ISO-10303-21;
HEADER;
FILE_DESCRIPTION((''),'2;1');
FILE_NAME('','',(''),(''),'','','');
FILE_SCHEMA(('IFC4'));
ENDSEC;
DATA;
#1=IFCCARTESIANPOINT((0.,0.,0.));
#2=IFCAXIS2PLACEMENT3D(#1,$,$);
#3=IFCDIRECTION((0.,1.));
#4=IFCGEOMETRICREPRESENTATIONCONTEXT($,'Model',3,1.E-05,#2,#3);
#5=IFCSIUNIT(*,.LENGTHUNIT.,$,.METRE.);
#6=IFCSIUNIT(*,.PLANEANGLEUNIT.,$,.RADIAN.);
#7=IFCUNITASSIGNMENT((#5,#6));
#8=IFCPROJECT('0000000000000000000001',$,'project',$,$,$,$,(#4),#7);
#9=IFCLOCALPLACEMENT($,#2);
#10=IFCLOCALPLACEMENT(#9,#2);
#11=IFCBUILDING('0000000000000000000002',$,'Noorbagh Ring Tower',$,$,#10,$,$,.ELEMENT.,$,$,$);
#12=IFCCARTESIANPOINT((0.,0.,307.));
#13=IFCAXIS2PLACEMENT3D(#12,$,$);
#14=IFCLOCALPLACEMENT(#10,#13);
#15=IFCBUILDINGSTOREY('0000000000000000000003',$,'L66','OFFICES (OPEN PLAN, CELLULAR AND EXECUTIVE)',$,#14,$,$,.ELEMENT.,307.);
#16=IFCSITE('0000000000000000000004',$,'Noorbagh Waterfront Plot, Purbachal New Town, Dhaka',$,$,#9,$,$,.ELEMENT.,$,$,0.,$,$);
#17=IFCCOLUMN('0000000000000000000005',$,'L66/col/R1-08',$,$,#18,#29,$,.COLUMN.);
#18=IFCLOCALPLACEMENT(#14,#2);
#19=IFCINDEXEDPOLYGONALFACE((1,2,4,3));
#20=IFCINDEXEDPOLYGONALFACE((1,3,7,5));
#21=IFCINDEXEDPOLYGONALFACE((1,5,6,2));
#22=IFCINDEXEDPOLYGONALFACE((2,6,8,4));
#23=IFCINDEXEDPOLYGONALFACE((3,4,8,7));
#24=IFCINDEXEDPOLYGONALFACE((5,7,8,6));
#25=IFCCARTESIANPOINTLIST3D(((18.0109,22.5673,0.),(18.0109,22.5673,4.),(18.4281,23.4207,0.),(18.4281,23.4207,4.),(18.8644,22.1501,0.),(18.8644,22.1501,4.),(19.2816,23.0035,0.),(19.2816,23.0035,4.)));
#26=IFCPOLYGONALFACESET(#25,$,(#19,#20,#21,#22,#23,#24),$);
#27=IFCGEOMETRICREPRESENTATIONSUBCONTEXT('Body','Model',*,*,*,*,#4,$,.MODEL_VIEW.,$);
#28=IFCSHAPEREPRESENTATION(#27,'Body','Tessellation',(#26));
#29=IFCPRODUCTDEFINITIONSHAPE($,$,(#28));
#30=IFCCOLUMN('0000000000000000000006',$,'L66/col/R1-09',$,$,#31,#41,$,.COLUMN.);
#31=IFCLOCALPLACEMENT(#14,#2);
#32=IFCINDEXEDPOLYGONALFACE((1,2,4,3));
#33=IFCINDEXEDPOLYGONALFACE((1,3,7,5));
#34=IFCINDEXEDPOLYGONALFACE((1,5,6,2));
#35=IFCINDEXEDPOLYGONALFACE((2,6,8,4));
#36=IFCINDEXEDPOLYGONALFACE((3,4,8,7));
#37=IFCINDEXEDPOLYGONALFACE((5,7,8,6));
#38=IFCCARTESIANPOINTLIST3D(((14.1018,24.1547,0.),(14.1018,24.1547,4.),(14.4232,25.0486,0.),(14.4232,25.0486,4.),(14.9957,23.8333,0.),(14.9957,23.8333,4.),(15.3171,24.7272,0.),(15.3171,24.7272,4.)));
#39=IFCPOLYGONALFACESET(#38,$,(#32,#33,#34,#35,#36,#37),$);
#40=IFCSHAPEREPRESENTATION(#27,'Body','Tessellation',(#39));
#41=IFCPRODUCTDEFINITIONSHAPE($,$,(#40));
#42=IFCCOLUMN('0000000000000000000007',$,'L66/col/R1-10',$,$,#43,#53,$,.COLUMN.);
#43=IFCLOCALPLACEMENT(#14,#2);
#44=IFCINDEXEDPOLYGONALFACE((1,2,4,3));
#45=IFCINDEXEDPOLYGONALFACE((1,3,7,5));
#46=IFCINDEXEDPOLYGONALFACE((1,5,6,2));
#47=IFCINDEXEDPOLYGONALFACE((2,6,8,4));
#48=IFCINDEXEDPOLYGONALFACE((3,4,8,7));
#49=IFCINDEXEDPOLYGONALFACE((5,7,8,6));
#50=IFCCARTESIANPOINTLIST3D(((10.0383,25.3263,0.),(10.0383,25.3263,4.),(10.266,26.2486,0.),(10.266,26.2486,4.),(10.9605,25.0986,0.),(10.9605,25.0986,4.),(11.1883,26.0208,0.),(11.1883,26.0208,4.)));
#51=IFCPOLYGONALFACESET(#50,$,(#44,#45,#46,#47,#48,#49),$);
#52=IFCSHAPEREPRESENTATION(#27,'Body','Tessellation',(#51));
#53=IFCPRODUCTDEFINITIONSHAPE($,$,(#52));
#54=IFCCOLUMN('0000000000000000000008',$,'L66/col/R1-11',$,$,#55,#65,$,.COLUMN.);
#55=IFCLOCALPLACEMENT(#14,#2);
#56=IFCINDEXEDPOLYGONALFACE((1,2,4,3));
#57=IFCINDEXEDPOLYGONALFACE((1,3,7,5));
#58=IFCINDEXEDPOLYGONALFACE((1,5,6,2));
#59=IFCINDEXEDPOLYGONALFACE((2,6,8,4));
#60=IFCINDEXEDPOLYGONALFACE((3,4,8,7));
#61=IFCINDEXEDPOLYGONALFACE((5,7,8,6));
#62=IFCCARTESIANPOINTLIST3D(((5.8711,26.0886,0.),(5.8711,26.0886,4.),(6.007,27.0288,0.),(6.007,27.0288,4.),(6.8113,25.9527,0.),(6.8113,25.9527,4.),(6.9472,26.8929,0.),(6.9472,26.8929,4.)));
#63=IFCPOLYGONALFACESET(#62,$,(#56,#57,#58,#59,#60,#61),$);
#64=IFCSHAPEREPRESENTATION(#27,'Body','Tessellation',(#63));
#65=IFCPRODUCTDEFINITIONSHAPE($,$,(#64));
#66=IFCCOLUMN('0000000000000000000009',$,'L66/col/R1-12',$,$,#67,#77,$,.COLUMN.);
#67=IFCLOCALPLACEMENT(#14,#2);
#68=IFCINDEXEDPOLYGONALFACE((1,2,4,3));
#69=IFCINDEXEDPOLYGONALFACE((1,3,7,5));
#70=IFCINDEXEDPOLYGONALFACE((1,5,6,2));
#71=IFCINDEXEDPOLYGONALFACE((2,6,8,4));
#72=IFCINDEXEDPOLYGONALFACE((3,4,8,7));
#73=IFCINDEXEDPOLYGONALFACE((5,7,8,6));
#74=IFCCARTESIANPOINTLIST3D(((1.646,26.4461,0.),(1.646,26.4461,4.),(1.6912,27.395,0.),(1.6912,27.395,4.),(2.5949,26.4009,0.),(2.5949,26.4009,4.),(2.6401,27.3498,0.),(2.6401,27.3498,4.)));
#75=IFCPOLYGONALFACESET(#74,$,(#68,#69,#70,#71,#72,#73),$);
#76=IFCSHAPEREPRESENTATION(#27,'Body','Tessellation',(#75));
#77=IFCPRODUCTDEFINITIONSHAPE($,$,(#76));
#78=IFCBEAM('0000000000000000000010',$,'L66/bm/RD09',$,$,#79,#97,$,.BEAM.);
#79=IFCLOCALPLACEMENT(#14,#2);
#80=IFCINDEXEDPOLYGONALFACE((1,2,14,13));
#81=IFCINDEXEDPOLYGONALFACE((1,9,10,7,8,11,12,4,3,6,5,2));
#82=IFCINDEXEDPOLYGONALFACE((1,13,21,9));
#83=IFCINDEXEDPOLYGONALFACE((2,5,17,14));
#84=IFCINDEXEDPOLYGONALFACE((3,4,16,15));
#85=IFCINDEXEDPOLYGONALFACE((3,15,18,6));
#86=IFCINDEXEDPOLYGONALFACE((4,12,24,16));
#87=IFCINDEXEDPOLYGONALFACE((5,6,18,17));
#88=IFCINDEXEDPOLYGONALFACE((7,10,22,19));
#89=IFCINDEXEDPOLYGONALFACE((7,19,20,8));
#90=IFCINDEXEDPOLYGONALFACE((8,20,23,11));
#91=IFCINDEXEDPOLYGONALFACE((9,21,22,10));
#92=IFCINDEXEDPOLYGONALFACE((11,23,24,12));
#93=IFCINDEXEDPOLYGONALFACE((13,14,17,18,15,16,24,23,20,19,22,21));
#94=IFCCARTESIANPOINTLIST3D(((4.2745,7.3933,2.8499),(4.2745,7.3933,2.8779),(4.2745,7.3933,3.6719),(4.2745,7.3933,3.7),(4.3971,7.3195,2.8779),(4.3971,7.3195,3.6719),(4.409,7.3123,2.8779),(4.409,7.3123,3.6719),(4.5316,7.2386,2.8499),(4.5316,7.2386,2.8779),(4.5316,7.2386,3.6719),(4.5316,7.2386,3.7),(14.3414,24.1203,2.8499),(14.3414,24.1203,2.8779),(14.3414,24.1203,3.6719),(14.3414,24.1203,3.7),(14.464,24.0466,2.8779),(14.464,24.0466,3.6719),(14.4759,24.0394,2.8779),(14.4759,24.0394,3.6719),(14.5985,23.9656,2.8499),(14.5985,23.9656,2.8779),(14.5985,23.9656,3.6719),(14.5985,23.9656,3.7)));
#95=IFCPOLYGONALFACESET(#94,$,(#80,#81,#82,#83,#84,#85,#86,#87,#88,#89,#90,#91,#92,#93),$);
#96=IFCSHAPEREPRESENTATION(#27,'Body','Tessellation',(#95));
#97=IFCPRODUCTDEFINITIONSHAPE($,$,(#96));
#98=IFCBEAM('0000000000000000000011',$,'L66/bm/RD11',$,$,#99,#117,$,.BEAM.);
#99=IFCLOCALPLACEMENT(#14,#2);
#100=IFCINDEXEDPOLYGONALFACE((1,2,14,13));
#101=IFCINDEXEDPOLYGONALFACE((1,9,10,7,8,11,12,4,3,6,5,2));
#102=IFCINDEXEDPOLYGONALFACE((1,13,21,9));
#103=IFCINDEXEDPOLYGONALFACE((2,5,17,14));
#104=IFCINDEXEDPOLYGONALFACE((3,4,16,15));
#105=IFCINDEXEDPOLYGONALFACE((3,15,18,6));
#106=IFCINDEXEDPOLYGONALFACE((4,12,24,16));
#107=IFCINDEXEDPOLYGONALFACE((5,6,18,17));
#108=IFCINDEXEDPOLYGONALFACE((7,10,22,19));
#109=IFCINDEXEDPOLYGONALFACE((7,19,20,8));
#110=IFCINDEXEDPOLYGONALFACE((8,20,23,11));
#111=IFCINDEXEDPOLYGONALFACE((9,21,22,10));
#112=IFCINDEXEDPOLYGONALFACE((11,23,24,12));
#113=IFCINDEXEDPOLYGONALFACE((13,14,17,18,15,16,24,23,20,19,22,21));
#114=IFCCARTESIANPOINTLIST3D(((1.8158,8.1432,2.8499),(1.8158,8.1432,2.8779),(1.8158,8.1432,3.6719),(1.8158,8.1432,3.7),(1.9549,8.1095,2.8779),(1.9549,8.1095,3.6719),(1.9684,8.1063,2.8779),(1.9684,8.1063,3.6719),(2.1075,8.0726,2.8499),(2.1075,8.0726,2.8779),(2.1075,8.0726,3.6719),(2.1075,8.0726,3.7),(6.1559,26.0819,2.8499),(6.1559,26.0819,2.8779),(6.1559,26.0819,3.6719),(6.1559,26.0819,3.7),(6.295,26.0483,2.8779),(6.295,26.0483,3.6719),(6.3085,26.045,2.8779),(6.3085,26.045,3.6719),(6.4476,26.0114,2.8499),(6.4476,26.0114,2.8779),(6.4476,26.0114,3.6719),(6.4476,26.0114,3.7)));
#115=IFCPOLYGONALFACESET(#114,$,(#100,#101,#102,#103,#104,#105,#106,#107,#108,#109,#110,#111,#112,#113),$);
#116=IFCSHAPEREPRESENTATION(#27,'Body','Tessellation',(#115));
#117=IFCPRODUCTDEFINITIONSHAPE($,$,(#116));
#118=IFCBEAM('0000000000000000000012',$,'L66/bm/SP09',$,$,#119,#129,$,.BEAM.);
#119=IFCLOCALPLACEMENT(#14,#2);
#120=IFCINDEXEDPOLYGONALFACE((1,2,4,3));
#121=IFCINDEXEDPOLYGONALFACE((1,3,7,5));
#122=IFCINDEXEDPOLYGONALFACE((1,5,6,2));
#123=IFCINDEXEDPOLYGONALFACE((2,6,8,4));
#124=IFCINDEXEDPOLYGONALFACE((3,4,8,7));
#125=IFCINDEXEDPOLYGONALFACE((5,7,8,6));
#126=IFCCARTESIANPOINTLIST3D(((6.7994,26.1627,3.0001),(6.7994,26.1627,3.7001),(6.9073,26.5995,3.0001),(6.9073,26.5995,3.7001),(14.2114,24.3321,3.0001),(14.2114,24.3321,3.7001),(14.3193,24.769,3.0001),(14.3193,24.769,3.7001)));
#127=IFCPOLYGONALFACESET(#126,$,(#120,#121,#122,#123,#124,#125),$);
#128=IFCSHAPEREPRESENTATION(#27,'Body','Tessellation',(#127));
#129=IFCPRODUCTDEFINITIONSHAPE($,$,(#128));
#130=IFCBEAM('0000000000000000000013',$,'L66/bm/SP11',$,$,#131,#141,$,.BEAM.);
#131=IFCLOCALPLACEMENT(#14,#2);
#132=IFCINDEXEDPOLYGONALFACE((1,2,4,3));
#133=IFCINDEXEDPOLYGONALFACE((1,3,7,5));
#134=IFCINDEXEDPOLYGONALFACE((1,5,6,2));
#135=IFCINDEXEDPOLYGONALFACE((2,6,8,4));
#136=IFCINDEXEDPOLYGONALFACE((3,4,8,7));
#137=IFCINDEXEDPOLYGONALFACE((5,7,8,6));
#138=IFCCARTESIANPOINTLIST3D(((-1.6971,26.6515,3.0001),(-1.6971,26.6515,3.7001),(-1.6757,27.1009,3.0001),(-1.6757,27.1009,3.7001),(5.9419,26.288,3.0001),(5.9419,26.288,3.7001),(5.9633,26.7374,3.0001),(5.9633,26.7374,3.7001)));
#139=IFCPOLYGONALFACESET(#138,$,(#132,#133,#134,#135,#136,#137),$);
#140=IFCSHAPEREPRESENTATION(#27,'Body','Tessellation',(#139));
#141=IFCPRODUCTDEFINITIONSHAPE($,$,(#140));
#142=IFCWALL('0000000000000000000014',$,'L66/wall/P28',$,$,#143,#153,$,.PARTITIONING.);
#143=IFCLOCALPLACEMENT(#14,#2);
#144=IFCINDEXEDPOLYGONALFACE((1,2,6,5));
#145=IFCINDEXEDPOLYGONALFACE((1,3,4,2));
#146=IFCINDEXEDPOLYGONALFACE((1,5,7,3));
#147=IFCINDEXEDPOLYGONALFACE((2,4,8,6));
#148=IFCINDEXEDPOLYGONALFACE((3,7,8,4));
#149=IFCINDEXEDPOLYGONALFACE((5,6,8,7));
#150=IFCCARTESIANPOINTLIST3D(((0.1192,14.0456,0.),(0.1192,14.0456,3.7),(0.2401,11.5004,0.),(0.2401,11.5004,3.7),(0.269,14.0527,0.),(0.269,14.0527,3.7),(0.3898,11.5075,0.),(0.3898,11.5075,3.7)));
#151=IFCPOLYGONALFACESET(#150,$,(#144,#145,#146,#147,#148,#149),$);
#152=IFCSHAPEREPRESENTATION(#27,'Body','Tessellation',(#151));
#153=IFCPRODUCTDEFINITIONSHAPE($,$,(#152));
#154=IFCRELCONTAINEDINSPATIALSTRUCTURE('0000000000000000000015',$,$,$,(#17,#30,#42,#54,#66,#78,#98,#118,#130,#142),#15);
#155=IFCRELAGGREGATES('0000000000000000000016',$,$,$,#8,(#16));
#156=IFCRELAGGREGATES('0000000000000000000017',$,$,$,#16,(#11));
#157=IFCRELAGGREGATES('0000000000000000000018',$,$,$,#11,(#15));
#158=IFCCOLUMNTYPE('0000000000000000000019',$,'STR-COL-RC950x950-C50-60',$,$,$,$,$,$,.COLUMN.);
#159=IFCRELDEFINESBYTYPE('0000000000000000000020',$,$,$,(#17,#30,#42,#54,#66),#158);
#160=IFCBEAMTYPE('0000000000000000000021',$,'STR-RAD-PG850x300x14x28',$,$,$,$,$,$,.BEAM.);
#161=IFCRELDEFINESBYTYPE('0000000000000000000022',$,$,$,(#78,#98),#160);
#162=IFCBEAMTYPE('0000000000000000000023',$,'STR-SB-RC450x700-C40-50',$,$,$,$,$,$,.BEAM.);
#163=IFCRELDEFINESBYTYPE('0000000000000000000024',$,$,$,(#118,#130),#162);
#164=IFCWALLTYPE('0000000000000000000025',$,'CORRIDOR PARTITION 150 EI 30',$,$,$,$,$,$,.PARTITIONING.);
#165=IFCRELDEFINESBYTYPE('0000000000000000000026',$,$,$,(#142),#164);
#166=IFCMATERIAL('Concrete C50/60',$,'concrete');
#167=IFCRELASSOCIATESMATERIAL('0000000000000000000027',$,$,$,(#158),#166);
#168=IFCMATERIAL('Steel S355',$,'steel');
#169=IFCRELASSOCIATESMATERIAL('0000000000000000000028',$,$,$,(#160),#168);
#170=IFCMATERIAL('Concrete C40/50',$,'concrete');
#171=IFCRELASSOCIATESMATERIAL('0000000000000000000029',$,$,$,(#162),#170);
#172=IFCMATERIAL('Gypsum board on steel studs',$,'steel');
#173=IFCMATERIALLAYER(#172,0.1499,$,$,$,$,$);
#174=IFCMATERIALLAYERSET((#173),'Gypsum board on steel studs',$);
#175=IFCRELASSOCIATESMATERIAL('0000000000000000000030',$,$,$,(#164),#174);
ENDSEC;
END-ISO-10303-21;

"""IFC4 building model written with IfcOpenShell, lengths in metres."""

from ifc_helpers import new_model, si_unit, direction, frame, frame_2d, origin, origin_2d, place, context, subcontext, project, spatial, rectangle, i_section, extrude, material, layer, layer_set, material_profile, profile_set, type_object, element, save


model = new_model("IFC4")

# Units and contexts
model_context = context("Model", 3, precision=1e-05, world=origin(), true_north=direction((0.0, 1.0)))
body_context = subcontext(model_context, "Body", "Model", "MODEL_VIEW")
ifc_project = project(units=[si_unit("LENGTHUNIT", "METRE"), si_unit("PLANEANGLEUNIT", "RADIAN")], contexts=[model_context])

# Site, building, storey
site_placement = place(None, origin())
site = spatial("IfcSite", under=ifc_project, at=site_placement, Name="Noorbagh Waterfront Plot, Purbachal New Town, Dhaka", CompositionType="ELEMENT", RefElevation=0.0)
building_placement = place(site_placement, origin())
building = spatial("IfcBuilding", under=site, at=building_placement, Name="Noorbagh Ring Tower", CompositionType="ELEMENT")
storey_placement = place(building_placement, frame((0.0, 0.0, 307.0)))
storey = spatial("IfcBuildingStorey", under=building, at=storey_placement, Name="L66", Description="OFFICES (OPEN PLAN, CELLULAR AND EXECUTIVE)", CompositionType="ELEMENT", Elevation=307.0)

# Columns
ifc_material_1 = material(Name="Concrete C50/60", Category="concrete")
ifc_material_profile_1 = material_profile(ifc_material_1, rectangle(XDim=0.95, YDim=0.95, at=origin_2d()), Name="RC950x950")
ifc_profile_set_1 = profile_set([ifc_material_profile_1], Name="Concrete C50/60")
column_type = type_object("IfcColumnType", Name="STR-COL-RC950x950-C50-60", PredefinedType="COLUMN", material=ifc_profile_set_1)
for number, where, z_axis, x_axis, name in (
    (1, (18.6462, 22.7854, 0.0), (0.0, 0.0, 1.0), (-0.898399, 0.43918, 0.0), "L66/col/R1-08"),
    (2, (14.7095, 24.4409, 0.0), (0.0, 0.0, 1.0), (-0.941025, 0.338338, 0.0), "L66/col/R1-09"),
    (3, (10.6133, 25.6736, 0.0), (0.0, 0.0, 1.0), (-0.970829, 0.239771, 0.0), "L66/col/R1-10"),
    (4, (6.4092, 26.4907, 0.0), (0.0, 0.0, 1.0), (-0.989713, 0.143066, 0.0), "L66/col/R1-11"),
    (5, (2.1431, 26.8979, 0.0), (0.0, 0.0, 1.0), (-0.998869, 0.047553, 0.0), "L66/col/R1-12"),
):
    element("IfcColumn", number, at=place(storey_placement, frame(where, z_axis=z_axis, x_axis=x_axis)), inside=storey, type_object=column_type, Name=name, PredefinedType="COLUMN", context=body_context, shape_type="SweptSolid", body=[
        extrude(rectangle(XDim=0.95, YDim=0.95, at=origin_2d()), origin(), (0.0, 0.0, 1.0), 4.0),
    ])

# Beams
ifc_material_2 = material(Name="Steel S355", Category="steel")
ifc_material_profile_2 = material_profile(ifc_material_2, i_section(OverallWidth=0.3, OverallDepth=0.8501, WebThickness=0.0139, FlangeThickness=0.0281, at=origin_2d()), Name="PG850x300x14x28")
ifc_profile_set_2 = profile_set([ifc_material_profile_2], Name="Steel S355")
beam_type_1 = type_object("IfcBeamType", Name="STR-RAD-PG850x300x14x28", PredefinedType="BEAM", material=ifc_profile_set_2)
beam_1_placement = place(storey_placement, frame((14.47, 24.043, 3.2749), z_axis=(-0.51565, -0.856799, 0.0), x_axis=(0.856799, -0.51565, 0.0)))
element("IfcBeam", 6, at=beam_1_placement, inside=storey, type_object=beam_type_1, Name="L66/bm/RD09", PredefinedType="BEAM", context=body_context, shape_type="SweptSolid", body=[
    extrude(i_section(OverallWidth=0.3, OverallDepth=0.8501, WebThickness=0.0139, FlangeThickness=0.0281, at=origin_2d()), origin(), (0.0, 0.0, 1.0), 19.5227),
])
beam_2_placement = place(storey_placement, frame((6.3018, 26.0466, 3.2749), z_axis=(-0.235155, -0.971958, 0.0), x_axis=(0.971958, -0.235155, 0.0)))
element("IfcBeam", 7, at=beam_2_placement, inside=storey, type_object=beam_type_1, Name="L66/bm/RD11", PredefinedType="BEAM", context=body_context, shape_type="SweptSolid", body=[
    extrude(i_section(OverallWidth=0.3, OverallDepth=0.8501, WebThickness=0.0139, FlangeThickness=0.0281, at=origin_2d()), origin(), (0.0, 0.0, 1.0), 18.4563),
])
ifc_material_3 = material(Name="Concrete C40/50", Category="concrete")
ifc_material_profile_3 = material_profile(ifc_material_3, rectangle(XDim=0.45, YDim=0.7, at=origin_2d()), Name="RC450x700")
ifc_profile_set_3 = profile_set([ifc_material_profile_3], Name="Concrete C40/50")
beam_type_2 = type_object("IfcBeamType", Name="STR-SB-RC450x700-C40-50", PredefinedType="BEAM", material=ifc_profile_set_3)
beam_3_placement = place(storey_placement, frame((14.2654, 24.5505, 3.3501), z_axis=(-0.970831, 0.239766, 0.0), x_axis=(-0.239766, -0.970831, 0.0)))
element("IfcBeam", 8, at=beam_3_placement, inside=storey, type_object=beam_type_2, Name="L66/bm/SP09", PredefinedType="BEAM", context=body_context, shape_type="SweptSolid", body=[
    extrude(rectangle(XDim=0.45, YDim=0.7, at=origin_2d()), origin(), (0.0, 0.0, 1.0), 7.6348),
])
beam_4_placement = place(storey_placement, frame((5.9526, 26.5127, 3.3501), z_axis=(-0.99887, 0.047533, 0.0), x_axis=(-0.047533, -0.99887, 0.0)))
element("IfcBeam", 9, at=beam_4_placement, inside=storey, type_object=beam_type_2, Name="L66/bm/SP11", PredefinedType="BEAM", context=body_context, shape_type="SweptSolid", body=[
    extrude(rectangle(XDim=0.45, YDim=0.7, at=origin_2d()), origin(), (0.0, 0.0, 1.0), 7.6477),
])

# Wall
ifc_material_4 = material(Name="Gypsum board on steel studs", Category="steel")
ifc_layer_1 = layer(ifc_material_4, 0.1499)
ifc_layer_set_1 = layer_set([ifc_layer_1], Name="Gypsum board on steel studs")
wall_type_1 = type_object("IfcWallType", Name="CORRIDOR PARTITION 150 EI 30", PredefinedType="PARTITIONING", material=ifc_layer_set_1)
wall_1_placement = place(storey_placement, frame((0.1941, 14.0491, 0.0), z_axis=(0.0, 0.0, 1.0), x_axis=(0.047429, -0.998875, 0.0)))
element("IfcWall", 10, at=wall_1_placement, inside=storey, type_object=wall_type_1, Name="L66/wall/P28", PredefinedType="PARTITIONING", context=body_context, shape_type="SweptSolid", body=[
    extrude(rectangle(XDim=2.5481, YDim=0.1499, at=frame_2d((1.2739, 0.0))), origin(), (0.0, 0.0, 1.0), 3.7),
])

save(model, "model.ifc")
